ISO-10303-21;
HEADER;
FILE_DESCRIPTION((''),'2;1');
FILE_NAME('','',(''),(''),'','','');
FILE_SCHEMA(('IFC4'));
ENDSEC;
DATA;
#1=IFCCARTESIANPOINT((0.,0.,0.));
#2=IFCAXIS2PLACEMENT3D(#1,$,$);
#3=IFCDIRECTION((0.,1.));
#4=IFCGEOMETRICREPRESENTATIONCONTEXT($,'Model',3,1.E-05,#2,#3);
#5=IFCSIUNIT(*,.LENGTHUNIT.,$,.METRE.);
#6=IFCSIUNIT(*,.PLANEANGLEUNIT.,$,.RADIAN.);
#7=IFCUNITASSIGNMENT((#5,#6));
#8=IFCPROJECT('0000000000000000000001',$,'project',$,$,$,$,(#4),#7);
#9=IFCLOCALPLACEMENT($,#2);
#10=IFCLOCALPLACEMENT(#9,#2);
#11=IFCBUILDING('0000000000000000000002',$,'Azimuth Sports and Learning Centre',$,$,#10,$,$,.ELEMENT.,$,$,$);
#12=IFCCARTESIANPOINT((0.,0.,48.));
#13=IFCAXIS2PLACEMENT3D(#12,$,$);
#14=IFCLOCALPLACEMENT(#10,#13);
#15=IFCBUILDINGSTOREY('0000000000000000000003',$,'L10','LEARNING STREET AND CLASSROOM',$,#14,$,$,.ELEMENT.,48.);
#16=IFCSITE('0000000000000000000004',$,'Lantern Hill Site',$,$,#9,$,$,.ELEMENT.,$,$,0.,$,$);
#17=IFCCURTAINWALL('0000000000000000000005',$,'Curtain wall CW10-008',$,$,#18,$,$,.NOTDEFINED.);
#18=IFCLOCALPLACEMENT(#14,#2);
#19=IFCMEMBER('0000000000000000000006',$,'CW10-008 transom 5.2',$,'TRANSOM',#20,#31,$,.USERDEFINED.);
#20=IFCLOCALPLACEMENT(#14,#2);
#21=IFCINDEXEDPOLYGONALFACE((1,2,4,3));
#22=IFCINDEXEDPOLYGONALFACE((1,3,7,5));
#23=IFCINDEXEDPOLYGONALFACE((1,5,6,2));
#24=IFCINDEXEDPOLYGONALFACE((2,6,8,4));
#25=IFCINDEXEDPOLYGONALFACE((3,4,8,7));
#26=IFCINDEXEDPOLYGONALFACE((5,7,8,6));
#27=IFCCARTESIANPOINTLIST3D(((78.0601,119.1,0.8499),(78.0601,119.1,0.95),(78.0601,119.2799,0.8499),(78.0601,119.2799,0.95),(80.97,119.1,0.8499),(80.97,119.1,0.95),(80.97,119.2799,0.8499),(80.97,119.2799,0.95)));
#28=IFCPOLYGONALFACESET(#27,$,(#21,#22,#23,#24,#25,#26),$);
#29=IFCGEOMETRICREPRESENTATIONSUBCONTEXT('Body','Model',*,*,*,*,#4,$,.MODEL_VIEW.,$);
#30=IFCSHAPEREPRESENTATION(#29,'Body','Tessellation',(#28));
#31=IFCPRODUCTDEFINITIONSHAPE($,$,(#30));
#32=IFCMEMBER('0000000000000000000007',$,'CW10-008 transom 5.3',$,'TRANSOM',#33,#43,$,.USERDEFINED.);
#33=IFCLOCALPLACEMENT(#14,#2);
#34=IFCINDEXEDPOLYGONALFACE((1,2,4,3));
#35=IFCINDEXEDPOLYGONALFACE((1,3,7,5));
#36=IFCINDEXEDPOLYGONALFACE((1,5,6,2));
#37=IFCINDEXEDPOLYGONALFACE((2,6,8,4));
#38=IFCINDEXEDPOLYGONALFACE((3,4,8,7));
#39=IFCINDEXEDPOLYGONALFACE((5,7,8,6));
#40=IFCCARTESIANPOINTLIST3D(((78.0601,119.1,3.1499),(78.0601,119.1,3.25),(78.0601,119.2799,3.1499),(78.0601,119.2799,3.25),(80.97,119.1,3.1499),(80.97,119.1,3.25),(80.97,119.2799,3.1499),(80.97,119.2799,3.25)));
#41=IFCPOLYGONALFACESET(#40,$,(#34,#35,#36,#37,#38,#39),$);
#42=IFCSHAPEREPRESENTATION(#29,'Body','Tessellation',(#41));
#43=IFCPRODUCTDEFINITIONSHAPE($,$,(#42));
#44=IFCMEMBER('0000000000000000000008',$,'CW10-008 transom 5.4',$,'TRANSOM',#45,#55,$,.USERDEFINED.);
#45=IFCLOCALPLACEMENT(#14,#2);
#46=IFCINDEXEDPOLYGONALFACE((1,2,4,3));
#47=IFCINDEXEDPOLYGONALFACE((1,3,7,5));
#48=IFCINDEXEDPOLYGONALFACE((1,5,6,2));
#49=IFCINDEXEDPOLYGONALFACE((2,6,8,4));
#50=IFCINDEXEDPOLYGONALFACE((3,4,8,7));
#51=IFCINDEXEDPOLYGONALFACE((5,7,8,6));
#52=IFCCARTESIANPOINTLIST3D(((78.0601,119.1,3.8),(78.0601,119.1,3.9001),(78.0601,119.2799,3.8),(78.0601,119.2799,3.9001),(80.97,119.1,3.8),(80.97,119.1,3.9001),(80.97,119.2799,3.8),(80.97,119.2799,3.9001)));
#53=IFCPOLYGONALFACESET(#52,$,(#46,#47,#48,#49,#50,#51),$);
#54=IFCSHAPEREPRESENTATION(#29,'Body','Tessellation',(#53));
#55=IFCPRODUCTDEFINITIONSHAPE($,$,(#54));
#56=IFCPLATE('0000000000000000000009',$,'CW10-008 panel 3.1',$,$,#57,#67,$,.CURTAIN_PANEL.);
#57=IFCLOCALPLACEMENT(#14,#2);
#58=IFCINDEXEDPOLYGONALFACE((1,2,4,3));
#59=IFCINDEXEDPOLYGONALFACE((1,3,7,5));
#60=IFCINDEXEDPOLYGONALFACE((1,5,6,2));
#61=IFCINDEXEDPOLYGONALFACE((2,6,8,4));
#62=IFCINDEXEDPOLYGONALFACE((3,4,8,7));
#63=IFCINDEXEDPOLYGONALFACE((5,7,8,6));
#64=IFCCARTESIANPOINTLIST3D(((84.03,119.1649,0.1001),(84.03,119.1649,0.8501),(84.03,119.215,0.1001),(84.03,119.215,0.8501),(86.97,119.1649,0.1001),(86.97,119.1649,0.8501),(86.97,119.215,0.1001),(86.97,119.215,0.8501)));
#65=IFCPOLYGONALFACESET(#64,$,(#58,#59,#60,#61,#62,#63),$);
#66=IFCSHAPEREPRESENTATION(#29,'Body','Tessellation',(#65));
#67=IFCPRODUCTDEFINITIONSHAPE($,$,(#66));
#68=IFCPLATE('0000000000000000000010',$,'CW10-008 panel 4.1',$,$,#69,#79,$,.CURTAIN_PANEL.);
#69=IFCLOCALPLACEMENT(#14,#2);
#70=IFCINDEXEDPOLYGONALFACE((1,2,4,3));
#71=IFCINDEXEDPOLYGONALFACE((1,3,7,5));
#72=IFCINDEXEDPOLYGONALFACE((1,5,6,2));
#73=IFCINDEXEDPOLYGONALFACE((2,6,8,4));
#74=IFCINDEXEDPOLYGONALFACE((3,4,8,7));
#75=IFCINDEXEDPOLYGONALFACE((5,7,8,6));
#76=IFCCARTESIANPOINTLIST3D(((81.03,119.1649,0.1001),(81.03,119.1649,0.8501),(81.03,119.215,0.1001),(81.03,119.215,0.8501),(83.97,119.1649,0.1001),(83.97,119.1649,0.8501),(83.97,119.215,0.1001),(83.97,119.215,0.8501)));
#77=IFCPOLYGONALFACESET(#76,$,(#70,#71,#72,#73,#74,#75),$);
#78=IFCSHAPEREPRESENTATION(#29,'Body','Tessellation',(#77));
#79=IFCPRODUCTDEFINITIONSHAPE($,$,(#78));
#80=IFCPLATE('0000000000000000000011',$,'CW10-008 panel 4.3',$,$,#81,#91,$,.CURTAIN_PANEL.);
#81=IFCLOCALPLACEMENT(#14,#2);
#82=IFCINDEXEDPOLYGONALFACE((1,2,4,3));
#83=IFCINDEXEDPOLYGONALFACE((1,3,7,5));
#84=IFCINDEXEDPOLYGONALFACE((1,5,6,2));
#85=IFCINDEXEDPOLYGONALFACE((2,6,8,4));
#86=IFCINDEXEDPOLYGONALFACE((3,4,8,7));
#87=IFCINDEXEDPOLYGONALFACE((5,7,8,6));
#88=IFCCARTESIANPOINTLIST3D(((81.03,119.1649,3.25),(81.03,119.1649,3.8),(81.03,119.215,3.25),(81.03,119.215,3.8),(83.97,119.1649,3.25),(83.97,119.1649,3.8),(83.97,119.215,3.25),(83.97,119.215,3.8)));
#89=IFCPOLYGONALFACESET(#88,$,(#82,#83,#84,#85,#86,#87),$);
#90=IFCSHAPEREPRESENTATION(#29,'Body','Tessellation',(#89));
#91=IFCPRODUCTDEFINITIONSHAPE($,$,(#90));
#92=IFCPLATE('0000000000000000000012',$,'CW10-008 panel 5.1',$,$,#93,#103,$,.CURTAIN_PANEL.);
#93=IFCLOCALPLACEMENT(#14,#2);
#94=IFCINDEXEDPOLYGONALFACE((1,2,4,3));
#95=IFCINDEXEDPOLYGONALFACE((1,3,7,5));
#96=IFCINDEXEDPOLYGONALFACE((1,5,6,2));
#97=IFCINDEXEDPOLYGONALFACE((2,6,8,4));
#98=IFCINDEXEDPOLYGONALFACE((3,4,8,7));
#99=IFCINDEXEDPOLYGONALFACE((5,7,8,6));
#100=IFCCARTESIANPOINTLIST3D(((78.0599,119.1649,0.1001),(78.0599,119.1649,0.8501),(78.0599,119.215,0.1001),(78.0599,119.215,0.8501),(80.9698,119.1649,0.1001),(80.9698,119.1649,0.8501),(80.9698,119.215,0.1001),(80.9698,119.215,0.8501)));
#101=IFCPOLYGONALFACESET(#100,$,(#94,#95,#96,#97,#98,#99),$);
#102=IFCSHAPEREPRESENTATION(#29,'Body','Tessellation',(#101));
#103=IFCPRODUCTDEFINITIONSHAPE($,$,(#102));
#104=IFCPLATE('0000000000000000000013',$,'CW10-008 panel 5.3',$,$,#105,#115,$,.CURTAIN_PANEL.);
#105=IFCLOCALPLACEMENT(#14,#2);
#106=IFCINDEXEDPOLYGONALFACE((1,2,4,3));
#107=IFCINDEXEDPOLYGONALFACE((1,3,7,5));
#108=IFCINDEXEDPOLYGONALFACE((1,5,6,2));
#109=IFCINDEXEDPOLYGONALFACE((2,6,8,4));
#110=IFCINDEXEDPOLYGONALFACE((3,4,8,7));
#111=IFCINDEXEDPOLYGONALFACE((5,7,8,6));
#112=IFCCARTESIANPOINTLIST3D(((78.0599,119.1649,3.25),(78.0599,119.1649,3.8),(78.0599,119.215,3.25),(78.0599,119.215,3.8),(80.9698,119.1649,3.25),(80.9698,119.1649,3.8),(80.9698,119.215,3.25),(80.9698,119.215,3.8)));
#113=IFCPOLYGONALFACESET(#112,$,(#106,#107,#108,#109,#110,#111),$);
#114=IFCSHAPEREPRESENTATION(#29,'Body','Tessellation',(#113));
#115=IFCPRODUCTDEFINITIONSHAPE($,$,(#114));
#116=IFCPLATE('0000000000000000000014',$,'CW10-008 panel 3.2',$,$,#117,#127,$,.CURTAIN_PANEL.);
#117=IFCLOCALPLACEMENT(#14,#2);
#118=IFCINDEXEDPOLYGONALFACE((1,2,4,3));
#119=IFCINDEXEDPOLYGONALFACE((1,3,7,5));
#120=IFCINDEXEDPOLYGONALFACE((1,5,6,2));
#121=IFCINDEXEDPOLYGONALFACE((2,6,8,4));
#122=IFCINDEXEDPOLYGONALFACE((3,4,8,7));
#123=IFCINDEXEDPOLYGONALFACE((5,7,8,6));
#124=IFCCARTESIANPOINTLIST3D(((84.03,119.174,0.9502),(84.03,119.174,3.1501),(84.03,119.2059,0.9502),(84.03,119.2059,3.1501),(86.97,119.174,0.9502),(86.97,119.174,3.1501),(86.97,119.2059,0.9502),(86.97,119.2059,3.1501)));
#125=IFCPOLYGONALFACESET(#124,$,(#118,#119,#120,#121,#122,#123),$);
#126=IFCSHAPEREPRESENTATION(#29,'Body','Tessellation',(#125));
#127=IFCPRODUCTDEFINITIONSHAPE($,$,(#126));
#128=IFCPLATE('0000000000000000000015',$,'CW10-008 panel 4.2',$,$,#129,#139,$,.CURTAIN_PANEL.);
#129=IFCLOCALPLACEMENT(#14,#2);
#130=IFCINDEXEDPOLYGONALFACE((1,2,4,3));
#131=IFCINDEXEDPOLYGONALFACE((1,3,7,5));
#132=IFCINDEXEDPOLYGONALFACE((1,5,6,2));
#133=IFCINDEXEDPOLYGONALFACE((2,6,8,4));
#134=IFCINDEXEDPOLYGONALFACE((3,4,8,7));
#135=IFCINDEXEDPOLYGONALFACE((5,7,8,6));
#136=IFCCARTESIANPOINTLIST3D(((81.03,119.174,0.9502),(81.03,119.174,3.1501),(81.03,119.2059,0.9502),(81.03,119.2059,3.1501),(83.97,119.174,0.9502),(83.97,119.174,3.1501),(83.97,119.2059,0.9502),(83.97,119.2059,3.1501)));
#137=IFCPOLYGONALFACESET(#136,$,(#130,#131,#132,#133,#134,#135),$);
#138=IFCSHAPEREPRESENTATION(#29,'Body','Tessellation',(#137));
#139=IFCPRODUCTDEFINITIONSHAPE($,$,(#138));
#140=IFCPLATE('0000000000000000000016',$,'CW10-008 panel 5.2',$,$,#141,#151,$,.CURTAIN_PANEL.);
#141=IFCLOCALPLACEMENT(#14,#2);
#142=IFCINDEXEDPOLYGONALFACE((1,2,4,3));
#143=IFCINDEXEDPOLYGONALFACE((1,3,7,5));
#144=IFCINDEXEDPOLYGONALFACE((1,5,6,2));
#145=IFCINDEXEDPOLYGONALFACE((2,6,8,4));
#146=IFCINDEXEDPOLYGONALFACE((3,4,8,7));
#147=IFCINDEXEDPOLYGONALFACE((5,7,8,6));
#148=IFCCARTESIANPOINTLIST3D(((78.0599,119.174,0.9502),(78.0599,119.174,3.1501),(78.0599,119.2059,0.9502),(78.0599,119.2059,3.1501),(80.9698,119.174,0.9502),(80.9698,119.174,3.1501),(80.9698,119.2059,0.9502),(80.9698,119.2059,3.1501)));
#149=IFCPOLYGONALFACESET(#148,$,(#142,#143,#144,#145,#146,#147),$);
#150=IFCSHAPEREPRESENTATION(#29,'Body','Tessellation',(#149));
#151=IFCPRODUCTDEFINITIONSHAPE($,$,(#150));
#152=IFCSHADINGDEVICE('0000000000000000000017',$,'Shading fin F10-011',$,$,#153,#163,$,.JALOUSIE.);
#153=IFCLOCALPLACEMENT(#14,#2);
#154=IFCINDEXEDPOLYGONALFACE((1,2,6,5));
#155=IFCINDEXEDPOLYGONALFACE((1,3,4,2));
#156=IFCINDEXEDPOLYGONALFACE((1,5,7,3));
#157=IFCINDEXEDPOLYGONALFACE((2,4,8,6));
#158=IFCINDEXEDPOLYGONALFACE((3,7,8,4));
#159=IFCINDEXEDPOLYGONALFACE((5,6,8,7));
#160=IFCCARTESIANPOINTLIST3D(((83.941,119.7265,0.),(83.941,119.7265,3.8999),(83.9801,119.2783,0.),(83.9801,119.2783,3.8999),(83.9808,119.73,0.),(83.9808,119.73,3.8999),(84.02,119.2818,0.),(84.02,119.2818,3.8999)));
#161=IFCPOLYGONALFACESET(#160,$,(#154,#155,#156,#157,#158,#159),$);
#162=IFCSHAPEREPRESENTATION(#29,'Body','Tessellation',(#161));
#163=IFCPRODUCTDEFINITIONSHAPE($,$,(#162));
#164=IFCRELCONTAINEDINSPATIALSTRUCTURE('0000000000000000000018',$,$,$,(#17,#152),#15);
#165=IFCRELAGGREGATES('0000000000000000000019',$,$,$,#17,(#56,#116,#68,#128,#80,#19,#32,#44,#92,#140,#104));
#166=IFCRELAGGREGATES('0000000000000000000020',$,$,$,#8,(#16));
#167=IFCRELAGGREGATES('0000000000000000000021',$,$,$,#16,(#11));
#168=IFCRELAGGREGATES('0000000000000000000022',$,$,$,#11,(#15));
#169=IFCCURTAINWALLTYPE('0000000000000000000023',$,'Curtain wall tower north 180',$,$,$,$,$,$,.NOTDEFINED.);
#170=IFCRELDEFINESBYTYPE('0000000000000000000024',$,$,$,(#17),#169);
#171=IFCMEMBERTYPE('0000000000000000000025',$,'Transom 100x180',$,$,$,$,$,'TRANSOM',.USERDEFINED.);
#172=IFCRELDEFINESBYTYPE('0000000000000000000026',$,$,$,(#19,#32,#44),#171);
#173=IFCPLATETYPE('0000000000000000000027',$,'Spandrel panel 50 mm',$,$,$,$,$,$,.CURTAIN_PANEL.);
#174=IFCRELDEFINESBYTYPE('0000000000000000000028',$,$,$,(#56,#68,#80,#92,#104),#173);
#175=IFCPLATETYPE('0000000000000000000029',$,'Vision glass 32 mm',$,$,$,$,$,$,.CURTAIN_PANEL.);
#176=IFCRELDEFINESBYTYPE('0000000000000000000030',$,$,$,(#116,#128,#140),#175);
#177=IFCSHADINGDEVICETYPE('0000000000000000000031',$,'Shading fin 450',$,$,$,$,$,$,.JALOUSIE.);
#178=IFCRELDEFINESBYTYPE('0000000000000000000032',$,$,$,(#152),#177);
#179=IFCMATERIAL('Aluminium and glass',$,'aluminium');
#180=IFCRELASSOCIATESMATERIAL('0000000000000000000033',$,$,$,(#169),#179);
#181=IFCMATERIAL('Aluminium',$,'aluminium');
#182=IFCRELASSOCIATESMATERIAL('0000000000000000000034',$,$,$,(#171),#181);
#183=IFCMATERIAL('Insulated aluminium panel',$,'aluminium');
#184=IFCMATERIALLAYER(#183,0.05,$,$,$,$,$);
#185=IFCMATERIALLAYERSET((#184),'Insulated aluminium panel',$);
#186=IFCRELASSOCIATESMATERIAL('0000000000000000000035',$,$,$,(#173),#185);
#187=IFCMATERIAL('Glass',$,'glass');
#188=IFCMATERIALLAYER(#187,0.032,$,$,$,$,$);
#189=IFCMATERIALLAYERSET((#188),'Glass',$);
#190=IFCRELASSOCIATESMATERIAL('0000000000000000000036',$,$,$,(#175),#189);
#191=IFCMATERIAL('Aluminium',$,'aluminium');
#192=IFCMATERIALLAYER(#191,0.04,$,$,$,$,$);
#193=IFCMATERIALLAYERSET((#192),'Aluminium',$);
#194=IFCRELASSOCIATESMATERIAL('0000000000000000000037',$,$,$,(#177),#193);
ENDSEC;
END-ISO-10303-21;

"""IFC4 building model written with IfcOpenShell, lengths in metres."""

from ifc_helpers import new_model, si_unit, direction, frame, origin, origin_2d, place, context, subcontext, project, spatial, rectangle, extrude, material, layer, layer_set, material_profile, profile_set, type_object, element, aggregate, save


model = new_model("IFC4")

# Units and contexts
model_context = context("Model", 3, precision=1e-05, world=origin(), true_north=direction((0.0, 1.0)))
body_context = subcontext(model_context, "Body", "Model", "MODEL_VIEW")
ifc_project = project(units=[si_unit("LENGTHUNIT", "METRE"), si_unit("PLANEANGLEUNIT", "RADIAN")], contexts=[model_context])

# Site, building, storey
site_placement = place(None, origin())
site = spatial("IfcSite", under=ifc_project, at=site_placement, Name="Lantern Hill Site", CompositionType="ELEMENT", RefElevation=0.0)
building_placement = place(site_placement, origin())
building = spatial("IfcBuilding", under=site, at=building_placement, Name="Azimuth Sports and Learning Centre", CompositionType="ELEMENT")
storey_placement = place(building_placement, frame((0.0, 0.0, 48.0)))
storey = spatial("IfcBuildingStorey", under=building, at=storey_placement, Name="L10", Description="LEARNING STREET AND CLASSROOM", CompositionType="ELEMENT", Elevation=48.0)

# Curtain wall, members, plates
ifc_material_1 = material(Name="Aluminium and glass", Category="aluminium")
curtain_wall_type = type_object("IfcCurtainWallType", Name="Curtain wall tower north 180", PredefinedType="NOTDEFINED", material=ifc_material_1)
curtain_wall_placement = place(storey_placement, origin())
curtain_wall = element("IfcCurtainWall", 1, at=curtain_wall_placement, inside=storey, type_object=curtain_wall_type, Name="Curtain wall CW10-008", PredefinedType="NOTDEFINED")
ifc_material_2 = material(Name="Aluminium", Category="aluminium")
ifc_material_profile_1 = material_profile(ifc_material_2, rectangle(XDim=0.1799, YDim=0.1001, at=origin_2d()), Name="Transom 100x180")
ifc_profile_set_1 = profile_set([ifc_material_profile_1], Name="Aluminium")
member_type_1 = type_object("IfcMemberType", Name="Transom 100x180", ElementType="TRANSOM", PredefinedType="USERDEFINED", material=ifc_profile_set_1)
member_1_placement = place(storey_placement, frame((80.97, 119.1899, 0.8999), z_axis=(-1.0, 0.0, 0.0), x_axis=(0.0, -1.0, 0.0)))
member_1 = element("IfcMember", 2, at=member_1_placement, type_object=member_type_1, Name="CW10-008 transom 5.2", ObjectType="TRANSOM", PredefinedType="USERDEFINED", context=body_context, shape_type="SweptSolid", body=[
    extrude(rectangle(XDim=0.1799, YDim=0.1001, at=origin_2d()), origin(), (0.0, 0.0, 1.0), 2.9099),
])
member_2_placement = place(storey_placement, frame((80.97, 119.1899, 3.2), z_axis=(-1.0, 0.0, 0.0), x_axis=(0.0, -1.0, 0.0)))
member_2 = element("IfcMember", 3, at=member_2_placement, type_object=member_type_1, Name="CW10-008 transom 5.3", ObjectType="TRANSOM", PredefinedType="USERDEFINED", context=body_context, shape_type="SweptSolid", body=[
    extrude(rectangle(XDim=0.1799, YDim=0.1001, at=origin_2d()), origin(), (0.0, 0.0, 1.0), 2.9099),
])
member_3_placement = place(storey_placement, frame((80.97, 119.1899, 3.8501), z_axis=(-1.0, 0.0, 0.0), x_axis=(0.0, -1.0, 0.0)))
member_3 = element("IfcMember", 4, at=member_3_placement, type_object=member_type_1, Name="CW10-008 transom 5.4", ObjectType="TRANSOM", PredefinedType="USERDEFINED", context=body_context, shape_type="SweptSolid", body=[
    extrude(rectangle(XDim=0.1799, YDim=0.1001, at=origin_2d()), origin(), (0.0, 0.0, 1.0), 2.9099),
])
ifc_material_3 = material(Name="Insulated aluminium panel", Category="aluminium")
ifc_layer_1 = layer(ifc_material_3, 0.05)
ifc_layer_set_1 = layer_set([ifc_layer_1], Name="Insulated aluminium panel")
plate_type_1 = type_object("IfcPlateType", Name="Spandrel panel 50 mm", PredefinedType="CURTAIN_PANEL", material=ifc_layer_set_1)
plate_1_placement = place(storey_placement, frame((85.5, 119.1899, 0.1001), z_axis=(0.0, 0.0, 1.0), x_axis=(-1.0, 0.0, 0.0)))
plate_1 = element("IfcPlate", 5, at=plate_1_placement, type_object=plate_type_1, Name="CW10-008 panel 3.1", PredefinedType="CURTAIN_PANEL", context=body_context, shape_type="SweptSolid", body=[
    extrude(rectangle(XDim=2.9399, YDim=0.05, at=origin_2d()), origin(), (0.0, 0.0, 1.0), 0.75),
])
plate_2_placement = place(storey_placement, frame((82.5, 119.1899, 0.1001), z_axis=(0.0, 0.0, 1.0), x_axis=(-1.0, 0.0, 0.0)))
plate_2 = element("IfcPlate", 6, at=plate_2_placement, type_object=plate_type_1, Name="CW10-008 panel 4.1", PredefinedType="CURTAIN_PANEL", context=body_context, shape_type="SweptSolid", body=[
    extrude(rectangle(XDim=2.9399, YDim=0.05, at=origin_2d()), origin(), (0.0, 0.0, 1.0), 0.75),
])
plate_3_placement = place(storey_placement, frame((82.5, 119.1899, 3.25), z_axis=(0.0, 0.0, 1.0), x_axis=(-1.0, 0.0, 0.0)))
plate_3 = element("IfcPlate", 7, at=plate_3_placement, type_object=plate_type_1, Name="CW10-008 panel 4.3", PredefinedType="CURTAIN_PANEL", context=body_context, shape_type="SweptSolid", body=[
    extrude(rectangle(XDim=2.9399, YDim=0.05, at=origin_2d()), origin(), (0.0, 0.0, 1.0), 0.55),
])
plate_4_placement = place(storey_placement, frame((79.5149, 119.1899, 0.1001), z_axis=(0.0, 0.0, 1.0), x_axis=(-1.0, 0.0, 0.0)))
plate_4 = element("IfcPlate", 8, at=plate_4_placement, type_object=plate_type_1, Name="CW10-008 panel 5.1", PredefinedType="CURTAIN_PANEL", context=body_context, shape_type="SweptSolid", body=[
    extrude(rectangle(XDim=2.9099, YDim=0.05, at=origin_2d()), origin(), (0.0, 0.0, 1.0), 0.75),
])
plate_5_placement = place(storey_placement, frame((79.5149, 119.1899, 3.25), z_axis=(0.0, 0.0, 1.0), x_axis=(-1.0, 0.0, 0.0)))
plate_5 = element("IfcPlate", 9, at=plate_5_placement, type_object=plate_type_1, Name="CW10-008 panel 5.3", PredefinedType="CURTAIN_PANEL", context=body_context, shape_type="SweptSolid", body=[
    extrude(rectangle(XDim=2.9099, YDim=0.05, at=origin_2d()), origin(), (0.0, 0.0, 1.0), 0.55),
])
ifc_material_4 = material(Name="Glass", Category="glass")
ifc_layer_2 = layer(ifc_material_4, 0.032)
ifc_layer_set_2 = layer_set([ifc_layer_2], Name="Glass")
plate_type_2 = type_object("IfcPlateType", Name="Vision glass 32 mm", PredefinedType="CURTAIN_PANEL", material=ifc_layer_set_2)
plate_6_placement = place(storey_placement, frame((85.5, 119.1899, 0.9502), z_axis=(0.0, 0.0, 1.0), x_axis=(-1.0, 0.0, 0.0)))
plate_6 = element("IfcPlate", 10, at=plate_6_placement, type_object=plate_type_2, Name="CW10-008 panel 3.2", PredefinedType="CURTAIN_PANEL", context=body_context, shape_type="SweptSolid", body=[
    extrude(rectangle(XDim=2.9399, YDim=0.032, at=origin_2d()), origin(), (0.0, 0.0, 1.0), 2.2),
])
plate_7_placement = place(storey_placement, frame((82.5, 119.1899, 0.9502), z_axis=(0.0, 0.0, 1.0), x_axis=(-1.0, 0.0, 0.0)))
plate_7 = element("IfcPlate", 11, at=plate_7_placement, type_object=plate_type_2, Name="CW10-008 panel 4.2", PredefinedType="CURTAIN_PANEL", context=body_context, shape_type="SweptSolid", body=[
    extrude(rectangle(XDim=2.9399, YDim=0.032, at=origin_2d()), origin(), (0.0, 0.0, 1.0), 2.2),
])
plate_8_placement = place(storey_placement, frame((79.5149, 119.1899, 0.9502), z_axis=(0.0, 0.0, 1.0), x_axis=(-1.0, 0.0, 0.0)))
plate_8 = element("IfcPlate", 12, at=plate_8_placement, type_object=plate_type_2, Name="CW10-008 panel 5.2", PredefinedType="CURTAIN_PANEL", context=body_context, shape_type="SweptSolid", body=[
    extrude(rectangle(XDim=2.9099, YDim=0.032, at=origin_2d()), origin(), (0.0, 0.0, 1.0), 2.2),
])
aggregate(curtain_wall, [plate_1, plate_6, plate_2, plate_7, plate_3, member_1, member_2, member_3, plate_4, plate_8, plate_5])

# Shading device
ifc_material_5 = material(Name="Aluminium", Category="aluminium")
ifc_layer_3 = layer(ifc_material_5, 0.04)
ifc_layer_set_3 = layer_set([ifc_layer_3], Name="Aluminium")
shading_device_type = type_object("IfcShadingDeviceType", Name="Shading fin 450", PredefinedType="JALOUSIE", material=ifc_layer_set_3)
shading_device_placement = place(storey_placement, frame((83.9805, 119.5042, 0.0), z_axis=(0.0, 0.0, 1.0), x_axis=(-0.08698, 0.99621, 0.0)))
element("IfcShadingDevice", 13, at=shading_device_placement, inside=storey, type_object=shading_device_type, Name="Shading fin F10-011", PredefinedType="JALOUSIE", context=body_context, shape_type="SweptSolid", body=[
    extrude(rectangle(XDim=0.45, YDim=0.04, at=origin_2d()), origin(), (0.0, 0.0, 1.0), 3.8999),
])

save(model, "model.ifc")
